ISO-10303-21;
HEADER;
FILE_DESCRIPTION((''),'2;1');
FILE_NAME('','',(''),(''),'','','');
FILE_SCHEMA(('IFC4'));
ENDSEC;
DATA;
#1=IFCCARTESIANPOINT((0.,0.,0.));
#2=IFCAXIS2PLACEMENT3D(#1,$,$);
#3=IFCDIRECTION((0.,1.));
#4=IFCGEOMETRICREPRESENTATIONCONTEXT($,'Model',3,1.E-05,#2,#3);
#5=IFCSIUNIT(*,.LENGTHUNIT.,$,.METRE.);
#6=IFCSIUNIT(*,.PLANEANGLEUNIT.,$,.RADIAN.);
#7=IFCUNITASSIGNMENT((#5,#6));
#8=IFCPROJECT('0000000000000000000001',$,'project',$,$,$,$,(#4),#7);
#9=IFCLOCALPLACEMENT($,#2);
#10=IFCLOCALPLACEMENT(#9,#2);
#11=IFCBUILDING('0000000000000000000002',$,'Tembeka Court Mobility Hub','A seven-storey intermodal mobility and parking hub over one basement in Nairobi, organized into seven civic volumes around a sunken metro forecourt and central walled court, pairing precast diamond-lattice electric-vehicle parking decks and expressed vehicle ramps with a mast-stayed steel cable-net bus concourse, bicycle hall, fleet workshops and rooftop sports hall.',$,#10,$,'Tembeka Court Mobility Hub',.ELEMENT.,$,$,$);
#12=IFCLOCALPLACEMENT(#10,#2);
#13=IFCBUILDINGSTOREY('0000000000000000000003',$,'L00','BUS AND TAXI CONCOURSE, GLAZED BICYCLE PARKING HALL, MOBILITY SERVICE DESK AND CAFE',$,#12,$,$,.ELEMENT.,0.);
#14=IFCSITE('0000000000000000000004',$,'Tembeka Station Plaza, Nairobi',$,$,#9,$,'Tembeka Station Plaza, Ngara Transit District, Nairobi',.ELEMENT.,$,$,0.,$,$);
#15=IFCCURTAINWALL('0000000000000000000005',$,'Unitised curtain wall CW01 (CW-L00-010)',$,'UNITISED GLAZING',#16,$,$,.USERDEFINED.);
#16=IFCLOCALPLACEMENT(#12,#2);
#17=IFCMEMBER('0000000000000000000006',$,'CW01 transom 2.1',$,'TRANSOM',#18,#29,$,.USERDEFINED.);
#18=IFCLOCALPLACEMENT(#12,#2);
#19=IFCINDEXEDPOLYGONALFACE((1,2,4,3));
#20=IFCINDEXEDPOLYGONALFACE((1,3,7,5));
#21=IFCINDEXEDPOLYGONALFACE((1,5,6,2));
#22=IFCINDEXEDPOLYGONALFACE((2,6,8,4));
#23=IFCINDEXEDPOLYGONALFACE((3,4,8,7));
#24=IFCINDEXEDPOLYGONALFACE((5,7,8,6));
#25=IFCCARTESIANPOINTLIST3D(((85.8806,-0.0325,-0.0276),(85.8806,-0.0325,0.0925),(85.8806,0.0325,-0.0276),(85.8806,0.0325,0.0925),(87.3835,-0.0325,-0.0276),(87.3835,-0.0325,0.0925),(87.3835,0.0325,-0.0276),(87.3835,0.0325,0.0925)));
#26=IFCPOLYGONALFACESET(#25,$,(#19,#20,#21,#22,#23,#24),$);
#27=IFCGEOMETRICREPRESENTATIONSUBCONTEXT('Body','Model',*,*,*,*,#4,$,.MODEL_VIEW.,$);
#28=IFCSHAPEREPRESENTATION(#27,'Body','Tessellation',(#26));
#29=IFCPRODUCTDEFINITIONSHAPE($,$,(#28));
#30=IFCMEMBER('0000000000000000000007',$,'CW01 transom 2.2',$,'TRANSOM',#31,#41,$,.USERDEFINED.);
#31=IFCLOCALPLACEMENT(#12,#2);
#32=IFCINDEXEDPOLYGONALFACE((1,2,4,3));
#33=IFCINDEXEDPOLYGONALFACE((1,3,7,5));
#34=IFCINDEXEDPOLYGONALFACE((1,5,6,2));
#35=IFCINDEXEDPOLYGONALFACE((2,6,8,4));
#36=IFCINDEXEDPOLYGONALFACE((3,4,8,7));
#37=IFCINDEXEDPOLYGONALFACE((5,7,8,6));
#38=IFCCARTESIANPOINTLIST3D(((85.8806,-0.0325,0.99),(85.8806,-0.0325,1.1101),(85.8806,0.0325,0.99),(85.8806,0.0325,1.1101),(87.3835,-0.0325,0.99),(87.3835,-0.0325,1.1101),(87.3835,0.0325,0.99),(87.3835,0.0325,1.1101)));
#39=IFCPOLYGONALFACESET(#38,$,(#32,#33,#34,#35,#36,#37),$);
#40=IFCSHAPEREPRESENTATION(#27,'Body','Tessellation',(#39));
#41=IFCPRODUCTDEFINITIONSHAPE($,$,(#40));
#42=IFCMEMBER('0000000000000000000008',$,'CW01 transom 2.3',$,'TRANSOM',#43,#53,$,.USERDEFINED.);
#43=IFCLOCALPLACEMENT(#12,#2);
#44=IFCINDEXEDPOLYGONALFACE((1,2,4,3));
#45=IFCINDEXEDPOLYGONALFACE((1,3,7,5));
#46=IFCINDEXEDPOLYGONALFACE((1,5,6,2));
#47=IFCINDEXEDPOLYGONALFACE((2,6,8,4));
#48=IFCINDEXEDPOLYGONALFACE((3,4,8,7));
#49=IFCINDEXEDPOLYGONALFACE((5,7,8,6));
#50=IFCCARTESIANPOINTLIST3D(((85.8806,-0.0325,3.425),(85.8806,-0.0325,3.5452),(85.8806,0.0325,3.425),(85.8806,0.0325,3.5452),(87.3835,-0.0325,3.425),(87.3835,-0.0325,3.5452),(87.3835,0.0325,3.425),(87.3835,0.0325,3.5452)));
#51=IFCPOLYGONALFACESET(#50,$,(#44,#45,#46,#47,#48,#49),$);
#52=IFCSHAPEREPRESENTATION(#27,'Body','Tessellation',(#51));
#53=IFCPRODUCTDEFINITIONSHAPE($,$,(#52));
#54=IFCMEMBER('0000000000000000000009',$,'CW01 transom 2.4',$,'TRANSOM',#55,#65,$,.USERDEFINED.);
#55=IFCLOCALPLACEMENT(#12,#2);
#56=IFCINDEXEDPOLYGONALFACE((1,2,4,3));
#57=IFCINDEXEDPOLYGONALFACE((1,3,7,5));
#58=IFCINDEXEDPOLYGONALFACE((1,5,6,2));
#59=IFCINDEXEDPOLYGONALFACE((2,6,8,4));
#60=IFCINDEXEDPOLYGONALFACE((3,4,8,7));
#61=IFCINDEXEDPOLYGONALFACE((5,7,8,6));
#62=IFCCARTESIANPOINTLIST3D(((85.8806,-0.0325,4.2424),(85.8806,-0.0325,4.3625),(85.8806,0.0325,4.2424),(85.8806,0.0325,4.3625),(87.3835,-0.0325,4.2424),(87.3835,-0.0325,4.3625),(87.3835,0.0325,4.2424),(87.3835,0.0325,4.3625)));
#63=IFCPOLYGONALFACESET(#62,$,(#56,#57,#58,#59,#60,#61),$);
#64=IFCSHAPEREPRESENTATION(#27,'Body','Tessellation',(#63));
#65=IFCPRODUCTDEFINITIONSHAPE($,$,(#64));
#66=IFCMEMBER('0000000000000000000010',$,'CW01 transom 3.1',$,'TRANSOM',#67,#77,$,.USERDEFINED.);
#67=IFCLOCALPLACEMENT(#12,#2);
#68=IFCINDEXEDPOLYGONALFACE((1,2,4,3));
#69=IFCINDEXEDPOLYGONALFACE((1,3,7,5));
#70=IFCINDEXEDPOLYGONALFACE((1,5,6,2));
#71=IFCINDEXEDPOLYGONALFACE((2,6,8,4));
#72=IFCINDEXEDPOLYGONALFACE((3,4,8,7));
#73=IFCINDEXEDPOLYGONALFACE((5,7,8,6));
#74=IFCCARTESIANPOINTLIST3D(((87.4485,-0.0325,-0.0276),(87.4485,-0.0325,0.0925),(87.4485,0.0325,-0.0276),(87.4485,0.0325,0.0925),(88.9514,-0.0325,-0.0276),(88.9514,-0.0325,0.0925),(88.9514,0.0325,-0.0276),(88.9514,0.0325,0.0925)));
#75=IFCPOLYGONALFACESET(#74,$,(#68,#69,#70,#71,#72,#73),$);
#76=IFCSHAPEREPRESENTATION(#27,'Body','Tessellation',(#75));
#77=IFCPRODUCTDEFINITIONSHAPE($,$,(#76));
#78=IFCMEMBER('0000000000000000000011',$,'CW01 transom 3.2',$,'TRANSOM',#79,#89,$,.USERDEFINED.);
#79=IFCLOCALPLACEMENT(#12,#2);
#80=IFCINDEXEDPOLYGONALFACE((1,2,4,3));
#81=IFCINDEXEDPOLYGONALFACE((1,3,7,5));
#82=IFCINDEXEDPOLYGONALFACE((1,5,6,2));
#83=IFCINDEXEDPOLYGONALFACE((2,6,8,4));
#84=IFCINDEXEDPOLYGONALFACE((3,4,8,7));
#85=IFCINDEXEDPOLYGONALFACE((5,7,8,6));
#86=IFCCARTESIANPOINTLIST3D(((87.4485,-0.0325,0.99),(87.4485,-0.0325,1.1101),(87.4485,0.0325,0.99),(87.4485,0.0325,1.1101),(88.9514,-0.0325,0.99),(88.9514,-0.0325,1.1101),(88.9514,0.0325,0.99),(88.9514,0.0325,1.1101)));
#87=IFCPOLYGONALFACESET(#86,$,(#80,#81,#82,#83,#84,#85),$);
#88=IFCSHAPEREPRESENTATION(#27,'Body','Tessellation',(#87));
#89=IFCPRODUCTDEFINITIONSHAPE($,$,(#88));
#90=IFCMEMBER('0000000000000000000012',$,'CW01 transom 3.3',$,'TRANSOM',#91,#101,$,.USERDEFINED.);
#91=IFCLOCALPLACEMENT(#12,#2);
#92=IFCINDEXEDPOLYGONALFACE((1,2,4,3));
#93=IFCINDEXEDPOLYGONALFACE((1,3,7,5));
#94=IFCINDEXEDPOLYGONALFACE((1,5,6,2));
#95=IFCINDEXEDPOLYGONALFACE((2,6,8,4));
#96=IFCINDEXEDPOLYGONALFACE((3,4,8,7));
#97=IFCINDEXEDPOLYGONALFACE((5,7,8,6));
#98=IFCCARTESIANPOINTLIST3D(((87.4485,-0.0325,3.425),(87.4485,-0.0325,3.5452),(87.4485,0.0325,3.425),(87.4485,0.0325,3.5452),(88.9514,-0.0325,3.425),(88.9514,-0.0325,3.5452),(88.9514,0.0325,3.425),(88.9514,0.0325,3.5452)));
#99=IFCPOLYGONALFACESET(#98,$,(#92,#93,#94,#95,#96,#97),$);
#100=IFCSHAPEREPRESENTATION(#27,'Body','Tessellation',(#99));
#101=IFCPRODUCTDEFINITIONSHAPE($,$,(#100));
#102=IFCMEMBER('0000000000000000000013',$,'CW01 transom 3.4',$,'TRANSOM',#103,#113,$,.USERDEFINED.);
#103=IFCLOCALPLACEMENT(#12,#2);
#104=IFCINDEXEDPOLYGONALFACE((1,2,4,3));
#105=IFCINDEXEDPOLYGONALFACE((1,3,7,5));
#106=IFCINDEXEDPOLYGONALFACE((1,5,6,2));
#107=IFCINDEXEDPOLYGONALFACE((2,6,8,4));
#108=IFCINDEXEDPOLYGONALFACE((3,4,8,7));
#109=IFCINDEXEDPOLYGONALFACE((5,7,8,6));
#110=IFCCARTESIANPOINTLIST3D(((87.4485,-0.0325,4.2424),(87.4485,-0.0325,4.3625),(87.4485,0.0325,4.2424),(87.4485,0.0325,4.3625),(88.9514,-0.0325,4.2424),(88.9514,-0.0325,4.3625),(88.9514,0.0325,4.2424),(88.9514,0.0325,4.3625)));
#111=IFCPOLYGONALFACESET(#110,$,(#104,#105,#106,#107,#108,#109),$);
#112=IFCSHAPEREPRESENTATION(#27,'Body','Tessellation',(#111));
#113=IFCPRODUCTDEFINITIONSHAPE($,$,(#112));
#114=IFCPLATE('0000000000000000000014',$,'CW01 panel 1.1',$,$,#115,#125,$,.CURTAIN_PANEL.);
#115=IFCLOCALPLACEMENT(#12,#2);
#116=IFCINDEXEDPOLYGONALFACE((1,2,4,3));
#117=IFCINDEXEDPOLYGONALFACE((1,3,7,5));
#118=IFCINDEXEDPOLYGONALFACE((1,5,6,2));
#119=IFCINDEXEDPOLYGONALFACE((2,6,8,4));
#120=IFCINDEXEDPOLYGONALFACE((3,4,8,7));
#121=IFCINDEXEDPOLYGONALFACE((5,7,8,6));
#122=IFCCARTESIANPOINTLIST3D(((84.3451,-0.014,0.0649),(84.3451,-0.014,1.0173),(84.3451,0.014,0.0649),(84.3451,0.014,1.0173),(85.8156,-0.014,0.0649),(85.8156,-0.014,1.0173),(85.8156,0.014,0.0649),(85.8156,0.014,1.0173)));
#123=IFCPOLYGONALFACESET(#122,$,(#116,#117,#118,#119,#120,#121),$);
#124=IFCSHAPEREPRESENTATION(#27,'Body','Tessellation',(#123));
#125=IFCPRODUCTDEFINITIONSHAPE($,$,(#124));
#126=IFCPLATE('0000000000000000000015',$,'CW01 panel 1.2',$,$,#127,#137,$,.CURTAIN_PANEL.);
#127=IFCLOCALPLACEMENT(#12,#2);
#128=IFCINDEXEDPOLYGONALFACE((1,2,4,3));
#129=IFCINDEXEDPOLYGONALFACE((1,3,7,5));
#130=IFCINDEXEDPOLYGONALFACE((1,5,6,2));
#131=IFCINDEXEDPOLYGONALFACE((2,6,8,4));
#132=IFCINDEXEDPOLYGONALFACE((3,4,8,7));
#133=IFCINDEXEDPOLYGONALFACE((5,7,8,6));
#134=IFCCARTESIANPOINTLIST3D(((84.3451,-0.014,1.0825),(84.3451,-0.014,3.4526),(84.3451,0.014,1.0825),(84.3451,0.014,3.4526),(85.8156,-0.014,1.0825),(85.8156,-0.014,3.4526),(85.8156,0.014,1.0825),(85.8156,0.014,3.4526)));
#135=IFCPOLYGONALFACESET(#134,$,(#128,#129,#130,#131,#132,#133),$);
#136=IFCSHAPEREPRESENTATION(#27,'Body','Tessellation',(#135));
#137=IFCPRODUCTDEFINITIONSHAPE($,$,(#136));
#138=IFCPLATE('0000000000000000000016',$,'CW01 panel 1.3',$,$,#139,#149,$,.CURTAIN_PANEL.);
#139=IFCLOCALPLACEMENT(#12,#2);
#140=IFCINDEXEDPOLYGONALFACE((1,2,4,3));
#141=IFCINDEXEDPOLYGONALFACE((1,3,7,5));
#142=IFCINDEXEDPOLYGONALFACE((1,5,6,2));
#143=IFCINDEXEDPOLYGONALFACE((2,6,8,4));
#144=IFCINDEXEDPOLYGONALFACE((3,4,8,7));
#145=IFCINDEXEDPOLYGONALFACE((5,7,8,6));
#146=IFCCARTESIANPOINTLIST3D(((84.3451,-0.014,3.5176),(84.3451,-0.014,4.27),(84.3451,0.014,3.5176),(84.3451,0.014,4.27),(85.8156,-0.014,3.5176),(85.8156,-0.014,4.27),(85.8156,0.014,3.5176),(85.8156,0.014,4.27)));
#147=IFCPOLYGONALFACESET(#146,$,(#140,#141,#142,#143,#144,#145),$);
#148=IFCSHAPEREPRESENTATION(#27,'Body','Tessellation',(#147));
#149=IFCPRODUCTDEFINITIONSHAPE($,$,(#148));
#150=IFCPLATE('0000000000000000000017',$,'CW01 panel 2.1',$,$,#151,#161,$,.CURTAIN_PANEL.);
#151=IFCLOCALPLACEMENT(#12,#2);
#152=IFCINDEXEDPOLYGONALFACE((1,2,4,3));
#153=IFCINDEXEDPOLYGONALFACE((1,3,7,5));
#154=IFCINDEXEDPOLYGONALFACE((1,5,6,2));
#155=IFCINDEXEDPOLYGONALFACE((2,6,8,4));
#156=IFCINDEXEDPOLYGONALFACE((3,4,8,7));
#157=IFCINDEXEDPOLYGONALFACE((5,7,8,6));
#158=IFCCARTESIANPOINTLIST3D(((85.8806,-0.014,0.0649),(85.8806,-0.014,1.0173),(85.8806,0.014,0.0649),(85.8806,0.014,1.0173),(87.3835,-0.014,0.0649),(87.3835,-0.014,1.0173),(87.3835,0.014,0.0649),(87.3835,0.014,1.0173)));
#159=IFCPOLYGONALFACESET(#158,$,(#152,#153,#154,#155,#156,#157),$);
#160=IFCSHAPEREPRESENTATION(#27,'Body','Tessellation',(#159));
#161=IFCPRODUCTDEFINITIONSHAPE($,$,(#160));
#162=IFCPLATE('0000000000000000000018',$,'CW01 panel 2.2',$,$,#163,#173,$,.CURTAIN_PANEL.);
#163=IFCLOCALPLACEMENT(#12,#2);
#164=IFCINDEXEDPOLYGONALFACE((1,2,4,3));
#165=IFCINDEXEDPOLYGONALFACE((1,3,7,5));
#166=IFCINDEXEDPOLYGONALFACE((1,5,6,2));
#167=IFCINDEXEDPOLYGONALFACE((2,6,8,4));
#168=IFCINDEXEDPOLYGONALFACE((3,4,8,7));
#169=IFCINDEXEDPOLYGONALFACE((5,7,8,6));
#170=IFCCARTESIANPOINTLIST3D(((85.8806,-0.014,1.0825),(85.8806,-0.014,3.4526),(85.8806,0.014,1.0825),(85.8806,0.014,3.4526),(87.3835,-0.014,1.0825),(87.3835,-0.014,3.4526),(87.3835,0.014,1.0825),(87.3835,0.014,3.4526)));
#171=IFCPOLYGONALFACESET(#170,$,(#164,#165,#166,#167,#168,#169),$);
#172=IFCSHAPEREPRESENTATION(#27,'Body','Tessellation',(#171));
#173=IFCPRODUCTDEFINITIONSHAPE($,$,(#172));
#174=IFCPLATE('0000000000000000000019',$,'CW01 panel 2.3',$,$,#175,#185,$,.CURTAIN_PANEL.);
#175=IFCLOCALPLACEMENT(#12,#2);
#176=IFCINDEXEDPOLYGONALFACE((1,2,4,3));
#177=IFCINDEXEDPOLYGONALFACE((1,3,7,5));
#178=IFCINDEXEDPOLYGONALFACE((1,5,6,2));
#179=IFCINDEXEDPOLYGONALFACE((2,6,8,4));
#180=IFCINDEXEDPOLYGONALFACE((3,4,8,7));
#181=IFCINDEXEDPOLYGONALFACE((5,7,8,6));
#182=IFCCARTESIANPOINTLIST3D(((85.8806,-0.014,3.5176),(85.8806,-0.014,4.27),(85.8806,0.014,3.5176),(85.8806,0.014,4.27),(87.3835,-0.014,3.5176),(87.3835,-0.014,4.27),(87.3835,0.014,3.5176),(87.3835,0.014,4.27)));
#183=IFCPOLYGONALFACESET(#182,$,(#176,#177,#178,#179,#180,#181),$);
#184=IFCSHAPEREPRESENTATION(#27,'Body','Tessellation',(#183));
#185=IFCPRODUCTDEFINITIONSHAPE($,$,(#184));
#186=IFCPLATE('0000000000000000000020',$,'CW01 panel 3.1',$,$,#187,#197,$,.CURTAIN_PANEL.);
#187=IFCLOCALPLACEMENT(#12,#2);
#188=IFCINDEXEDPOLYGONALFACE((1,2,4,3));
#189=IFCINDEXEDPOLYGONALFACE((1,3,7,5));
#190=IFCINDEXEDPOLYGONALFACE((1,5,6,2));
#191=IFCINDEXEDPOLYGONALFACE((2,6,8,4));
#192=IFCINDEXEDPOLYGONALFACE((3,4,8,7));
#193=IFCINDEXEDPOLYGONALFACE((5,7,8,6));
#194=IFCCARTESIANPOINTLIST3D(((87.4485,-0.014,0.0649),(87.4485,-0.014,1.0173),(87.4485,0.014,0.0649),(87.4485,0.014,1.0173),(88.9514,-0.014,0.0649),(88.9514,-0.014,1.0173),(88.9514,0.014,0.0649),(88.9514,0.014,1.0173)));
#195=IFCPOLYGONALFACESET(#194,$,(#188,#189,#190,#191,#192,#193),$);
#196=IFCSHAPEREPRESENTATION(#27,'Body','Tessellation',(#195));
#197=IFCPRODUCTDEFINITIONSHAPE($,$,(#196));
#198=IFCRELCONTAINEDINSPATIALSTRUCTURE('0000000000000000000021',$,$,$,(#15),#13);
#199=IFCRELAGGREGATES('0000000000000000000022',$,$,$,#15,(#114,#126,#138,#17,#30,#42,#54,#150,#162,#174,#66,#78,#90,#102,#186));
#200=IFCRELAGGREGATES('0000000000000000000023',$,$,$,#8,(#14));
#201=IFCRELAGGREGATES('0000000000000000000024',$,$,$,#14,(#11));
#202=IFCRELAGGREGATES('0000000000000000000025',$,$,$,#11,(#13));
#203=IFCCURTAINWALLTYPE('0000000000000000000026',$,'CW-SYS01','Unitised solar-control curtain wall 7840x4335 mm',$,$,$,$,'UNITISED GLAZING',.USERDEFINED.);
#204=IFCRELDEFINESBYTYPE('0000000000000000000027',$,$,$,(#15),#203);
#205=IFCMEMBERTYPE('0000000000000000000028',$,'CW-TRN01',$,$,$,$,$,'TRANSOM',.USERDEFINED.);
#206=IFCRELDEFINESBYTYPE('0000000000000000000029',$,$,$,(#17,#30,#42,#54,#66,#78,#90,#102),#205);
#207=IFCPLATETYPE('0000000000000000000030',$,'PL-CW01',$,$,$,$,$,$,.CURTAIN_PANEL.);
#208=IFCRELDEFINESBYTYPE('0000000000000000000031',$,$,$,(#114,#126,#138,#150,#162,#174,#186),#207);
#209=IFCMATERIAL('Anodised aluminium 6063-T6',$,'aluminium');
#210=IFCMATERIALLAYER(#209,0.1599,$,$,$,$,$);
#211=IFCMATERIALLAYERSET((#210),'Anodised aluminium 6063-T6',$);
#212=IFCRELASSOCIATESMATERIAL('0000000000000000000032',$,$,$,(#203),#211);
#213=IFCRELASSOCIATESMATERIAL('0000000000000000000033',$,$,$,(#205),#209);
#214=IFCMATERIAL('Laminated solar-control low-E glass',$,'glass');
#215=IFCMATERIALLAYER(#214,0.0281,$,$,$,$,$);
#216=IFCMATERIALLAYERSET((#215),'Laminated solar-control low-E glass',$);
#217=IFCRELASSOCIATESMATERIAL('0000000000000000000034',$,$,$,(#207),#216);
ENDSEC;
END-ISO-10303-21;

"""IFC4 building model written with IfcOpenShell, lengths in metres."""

from ifc_helpers import new_model, si_unit, direction, frame, origin, origin_2d, place, context, subcontext, project, spatial, rectangle, extrude, material, layer, layer_set, material_profile, profile_set, type_object, element, aggregate, save


model = new_model("IFC4")

# Units and contexts
model_context = context("Model", 3, precision=1e-05, world=origin(), true_north=direction((0.0, 1.0)))
body_context = subcontext(model_context, "Body", "Model", "MODEL_VIEW")
ifc_project = project(units=[si_unit("LENGTHUNIT", "METRE"), si_unit("PLANEANGLEUNIT", "RADIAN")], contexts=[model_context])

# Site, building, storey
site_placement = place(None, origin())
site = spatial("IfcSite", under=ifc_project, at=site_placement, Name="Tembeka Station Plaza, Nairobi", LongName="Tembeka Station Plaza, Ngara Transit District, Nairobi", CompositionType="ELEMENT", RefElevation=0.0)
building_placement = place(site_placement, origin())
building = spatial("IfcBuilding", under=site, at=building_placement, Name="Tembeka Court Mobility Hub", Description="A seven-storey intermodal mobility and parking hub over one basement in Nairobi, organized into seven civic volumes around a sunken metro forecourt and central walled court, pairing precast diamond-lattice electric-vehicle parking decks and expressed vehicle ramps with a mast-stayed steel cable-net bus concourse, bicycle hall, fleet workshops and rooftop sports hall.", LongName="Tembeka Court Mobility Hub", CompositionType="ELEMENT")
storey_placement = place(building_placement, origin())
storey = spatial("IfcBuildingStorey", under=building, at=storey_placement, Name="L00", Description="BUS AND TAXI CONCOURSE, GLAZED BICYCLE PARKING HALL, MOBILITY SERVICE DESK AND CAFE", CompositionType="ELEMENT", Elevation=0.0)

# Curtain wall, members, plates
ifc_material_1 = material(Name="Anodised aluminium 6063-T6", Category="aluminium")
ifc_layer_1 = layer(ifc_material_1, 0.1599)
ifc_layer_set_1 = layer_set([ifc_layer_1], Name="Anodised aluminium 6063-T6")
curtain_wall_type = type_object("IfcCurtainWallType", Name="CW-SYS01", Description="Unitised solar-control curtain wall 7840x4335 mm", ElementType="UNITISED GLAZING", PredefinedType="USERDEFINED", material=ifc_layer_set_1)
curtain_wall_placement = place(storey_placement, origin())
curtain_wall = element("IfcCurtainWall", 1, at=curtain_wall_placement, inside=storey, type_object=curtain_wall_type, Name="Unitised curtain wall CW01 (CW-L00-010)", ObjectType="UNITISED GLAZING", PredefinedType="USERDEFINED")
ifc_material_profile_1 = material_profile(ifc_material_1, rectangle(XDim=0.0649, YDim=0.1201, at=origin_2d()), Name="ALU-TRN 65x120")
ifc_profile_set_1 = profile_set([ifc_material_profile_1], Name="Anodised aluminium 6063-T6")
member_type_1 = type_object("IfcMemberType", Name="CW-TRN01", ElementType="TRANSOM", PredefinedType="USERDEFINED", material=ifc_profile_set_1)
member_1_placement = place(storey_placement, frame((85.8806, 0.0, 0.0325), z_axis=(1.0, 0.0, 0.0), x_axis=(0.0, 1.0, 0.0)))
member_1 = element("IfcMember", 2, at=member_1_placement, type_object=member_type_1, Name="CW01 transom 2.1", ObjectType="TRANSOM", PredefinedType="USERDEFINED", context=body_context, shape_type="SweptSolid", body=[
    extrude(rectangle(XDim=0.0649, YDim=0.1201, at=origin_2d()), origin(), (0.0, 0.0, 1.0), 1.5029),
])
member_2_placement = place(storey_placement, frame((85.8806, 0.0, 1.05), z_axis=(1.0, 0.0, 0.0), x_axis=(0.0, 1.0, 0.0)))
member_2 = element("IfcMember", 3, at=member_2_placement, type_object=member_type_1, Name="CW01 transom 2.2", ObjectType="TRANSOM", PredefinedType="USERDEFINED", context=body_context, shape_type="SweptSolid", body=[
    extrude(rectangle(XDim=0.0649, YDim=0.1201, at=origin_2d()), origin(), (0.0, 0.0, 1.0), 1.5029),
])
member_3_placement = place(storey_placement, frame((85.8806, 0.0, 3.4851), z_axis=(1.0, 0.0, 0.0), x_axis=(0.0, 1.0, 0.0)))
member_3 = element("IfcMember", 4, at=member_3_placement, type_object=member_type_1, Name="CW01 transom 2.3", ObjectType="TRANSOM", PredefinedType="USERDEFINED", context=body_context, shape_type="SweptSolid", body=[
    extrude(rectangle(XDim=0.0649, YDim=0.1201, at=origin_2d()), origin(), (0.0, 0.0, 1.0), 1.5029),
])
member_4_placement = place(storey_placement, frame((85.8806, 0.0, 4.3025), z_axis=(1.0, 0.0, 0.0), x_axis=(0.0, 1.0, 0.0)))
member_4 = element("IfcMember", 5, at=member_4_placement, type_object=member_type_1, Name="CW01 transom 2.4", ObjectType="TRANSOM", PredefinedType="USERDEFINED", context=body_context, shape_type="SweptSolid", body=[
    extrude(rectangle(XDim=0.0649, YDim=0.1201, at=origin_2d()), origin(), (0.0, 0.0, 1.0), 1.5029),
])
member_5_placement = place(storey_placement, frame((87.4485, 0.0, 0.0325), z_axis=(1.0, 0.0, 0.0), x_axis=(0.0, 1.0, 0.0)))
member_5 = element("IfcMember", 6, at=member_5_placement, type_object=member_type_1, Name="CW01 transom 3.1", ObjectType="TRANSOM", PredefinedType="USERDEFINED", context=body_context, shape_type="SweptSolid", body=[
    extrude(rectangle(XDim=0.0649, YDim=0.1201, at=origin_2d()), origin(), (0.0, 0.0, 1.0), 1.5029),
])
member_6_placement = place(storey_placement, frame((87.4485, 0.0, 1.05), z_axis=(1.0, 0.0, 0.0), x_axis=(0.0, 1.0, 0.0)))
member_6 = element("IfcMember", 7, at=member_6_placement, type_object=member_type_1, Name="CW01 transom 3.2", ObjectType="TRANSOM", PredefinedType="USERDEFINED", context=body_context, shape_type="SweptSolid", body=[
    extrude(rectangle(XDim=0.0649, YDim=0.1201, at=origin_2d()), origin(), (0.0, 0.0, 1.0), 1.5029),
])
member_7_placement = place(storey_placement, frame((87.4485, 0.0, 3.4851), z_axis=(1.0, 0.0, 0.0), x_axis=(0.0, 1.0, 0.0)))
member_7 = element("IfcMember", 8, at=member_7_placement, type_object=member_type_1, Name="CW01 transom 3.3", ObjectType="TRANSOM", PredefinedType="USERDEFINED", context=body_context, shape_type="SweptSolid", body=[
    extrude(rectangle(XDim=0.0649, YDim=0.1201, at=origin_2d()), origin(), (0.0, 0.0, 1.0), 1.5029),
])
member_8_placement = place(storey_placement, frame((87.4485, 0.0, 4.3025), z_axis=(1.0, 0.0, 0.0), x_axis=(0.0, 1.0, 0.0)))
member_8 = element("IfcMember", 9, at=member_8_placement, type_object=member_type_1, Name="CW01 transom 3.4", ObjectType="TRANSOM", PredefinedType="USERDEFINED", context=body_context, shape_type="SweptSolid", body=[
    extrude(rectangle(XDim=0.0649, YDim=0.1201, at=origin_2d()), origin(), (0.0, 0.0, 1.0), 1.5029),
])
ifc_material_2 = material(Name="Laminated solar-control low-E glass", Category="glass")
ifc_layer_2 = layer(ifc_material_2, 0.0281)
ifc_layer_set_2 = layer_set([ifc_layer_2], Name="Laminated solar-control low-E glass")
plate_type = type_object("IfcPlateType", Name="PL-CW01", PredefinedType="CURTAIN_PANEL", material=ifc_layer_set_2)
plate_1_placement = place(storey_placement, frame((85.0803, 0.0, 0.0649), z_axis=(0.0, 0.0, 1.0), x_axis=(1.0, 0.0, 0.0)))
plate_1 = element("IfcPlate", 10, at=plate_1_placement, type_object=plate_type, Name="CW01 panel 1.1", PredefinedType="CURTAIN_PANEL", context=body_context, shape_type="SweptSolid", body=[
    extrude(rectangle(XDim=1.4705, YDim=0.0281, at=origin_2d()), origin(), (0.0, 0.0, 1.0), 0.9524),
])
plate_2_placement = place(storey_placement, frame((85.0803, 0.0, 1.0825), z_axis=(0.0, 0.0, 1.0), x_axis=(1.0, 0.0, 0.0)))
plate_2 = element("IfcPlate", 11, at=plate_2_placement, type_object=plate_type, Name="CW01 panel 1.2", PredefinedType="CURTAIN_PANEL", context=body_context, shape_type="SweptSolid", body=[
    extrude(rectangle(XDim=1.4705, YDim=0.0281, at=origin_2d()), origin(), (0.0, 0.0, 1.0), 2.3701),
])
plate_3_placement = place(storey_placement, frame((85.0803, 0.0, 3.5176), z_axis=(0.0, 0.0, 1.0), x_axis=(1.0, 0.0, 0.0)))
plate_3 = element("IfcPlate", 12, at=plate_3_placement, type_object=plate_type, Name="CW01 panel 1.3", PredefinedType="CURTAIN_PANEL", context=body_context, shape_type="SweptSolid", body=[
    extrude(rectangle(XDim=1.4705, YDim=0.0281, at=origin_2d()), origin(), (0.0, 0.0, 1.0), 0.7524),
])
plate_4_placement = place(storey_placement, frame((86.6321, 0.0, 0.0649), z_axis=(0.0, 0.0, 1.0), x_axis=(1.0, 0.0, 0.0)))
plate_4 = element("IfcPlate", 13, at=plate_4_placement, type_object=plate_type, Name="CW01 panel 2.1", PredefinedType="CURTAIN_PANEL", context=body_context, shape_type="SweptSolid", body=[
    extrude(rectangle(XDim=1.5029, YDim=0.0281, at=origin_2d()), origin(), (0.0, 0.0, 1.0), 0.9524),
])
plate_5_placement = place(storey_placement, frame((86.6321, 0.0, 1.0825), z_axis=(0.0, 0.0, 1.0), x_axis=(1.0, 0.0, 0.0)))
plate_5 = element("IfcPlate", 14, at=plate_5_placement, type_object=plate_type, Name="CW01 panel 2.2", PredefinedType="CURTAIN_PANEL", context=body_context, shape_type="SweptSolid", body=[
    extrude(rectangle(XDim=1.5029, YDim=0.0281, at=origin_2d()), origin(), (0.0, 0.0, 1.0), 2.3701),
])
plate_6_placement = place(storey_placement, frame((86.6321, 0.0, 3.5176), z_axis=(0.0, 0.0, 1.0), x_axis=(1.0, 0.0, 0.0)))
plate_6 = element("IfcPlate", 15, at=plate_6_placement, type_object=plate_type, Name="CW01 panel 2.3", PredefinedType="CURTAIN_PANEL", context=body_context, shape_type="SweptSolid", body=[
    extrude(rectangle(XDim=1.5029, YDim=0.0281, at=origin_2d()), origin(), (0.0, 0.0, 1.0), 0.7524),
])
plate_7_placement = place(storey_placement, frame((88.2, 0.0, 0.0649), z_axis=(0.0, 0.0, 1.0), x_axis=(1.0, 0.0, 0.0)))
plate_7 = element("IfcPlate", 16, at=plate_7_placement, type_object=plate_type, Name="CW01 panel 3.1", PredefinedType="CURTAIN_PANEL", context=body_context, shape_type="SweptSolid", body=[
    extrude(rectangle(XDim=1.5029, YDim=0.0281, at=origin_2d()), origin(), (0.0, 0.0, 1.0), 0.9524),
])
aggregate(curtain_wall, [plate_1, plate_2, plate_3, member_1, member_2, member_3, member_4, plate_4, plate_5, plate_6, member_5, member_6, member_7, member_8, plate_7])

save(model, "model.ifc")
